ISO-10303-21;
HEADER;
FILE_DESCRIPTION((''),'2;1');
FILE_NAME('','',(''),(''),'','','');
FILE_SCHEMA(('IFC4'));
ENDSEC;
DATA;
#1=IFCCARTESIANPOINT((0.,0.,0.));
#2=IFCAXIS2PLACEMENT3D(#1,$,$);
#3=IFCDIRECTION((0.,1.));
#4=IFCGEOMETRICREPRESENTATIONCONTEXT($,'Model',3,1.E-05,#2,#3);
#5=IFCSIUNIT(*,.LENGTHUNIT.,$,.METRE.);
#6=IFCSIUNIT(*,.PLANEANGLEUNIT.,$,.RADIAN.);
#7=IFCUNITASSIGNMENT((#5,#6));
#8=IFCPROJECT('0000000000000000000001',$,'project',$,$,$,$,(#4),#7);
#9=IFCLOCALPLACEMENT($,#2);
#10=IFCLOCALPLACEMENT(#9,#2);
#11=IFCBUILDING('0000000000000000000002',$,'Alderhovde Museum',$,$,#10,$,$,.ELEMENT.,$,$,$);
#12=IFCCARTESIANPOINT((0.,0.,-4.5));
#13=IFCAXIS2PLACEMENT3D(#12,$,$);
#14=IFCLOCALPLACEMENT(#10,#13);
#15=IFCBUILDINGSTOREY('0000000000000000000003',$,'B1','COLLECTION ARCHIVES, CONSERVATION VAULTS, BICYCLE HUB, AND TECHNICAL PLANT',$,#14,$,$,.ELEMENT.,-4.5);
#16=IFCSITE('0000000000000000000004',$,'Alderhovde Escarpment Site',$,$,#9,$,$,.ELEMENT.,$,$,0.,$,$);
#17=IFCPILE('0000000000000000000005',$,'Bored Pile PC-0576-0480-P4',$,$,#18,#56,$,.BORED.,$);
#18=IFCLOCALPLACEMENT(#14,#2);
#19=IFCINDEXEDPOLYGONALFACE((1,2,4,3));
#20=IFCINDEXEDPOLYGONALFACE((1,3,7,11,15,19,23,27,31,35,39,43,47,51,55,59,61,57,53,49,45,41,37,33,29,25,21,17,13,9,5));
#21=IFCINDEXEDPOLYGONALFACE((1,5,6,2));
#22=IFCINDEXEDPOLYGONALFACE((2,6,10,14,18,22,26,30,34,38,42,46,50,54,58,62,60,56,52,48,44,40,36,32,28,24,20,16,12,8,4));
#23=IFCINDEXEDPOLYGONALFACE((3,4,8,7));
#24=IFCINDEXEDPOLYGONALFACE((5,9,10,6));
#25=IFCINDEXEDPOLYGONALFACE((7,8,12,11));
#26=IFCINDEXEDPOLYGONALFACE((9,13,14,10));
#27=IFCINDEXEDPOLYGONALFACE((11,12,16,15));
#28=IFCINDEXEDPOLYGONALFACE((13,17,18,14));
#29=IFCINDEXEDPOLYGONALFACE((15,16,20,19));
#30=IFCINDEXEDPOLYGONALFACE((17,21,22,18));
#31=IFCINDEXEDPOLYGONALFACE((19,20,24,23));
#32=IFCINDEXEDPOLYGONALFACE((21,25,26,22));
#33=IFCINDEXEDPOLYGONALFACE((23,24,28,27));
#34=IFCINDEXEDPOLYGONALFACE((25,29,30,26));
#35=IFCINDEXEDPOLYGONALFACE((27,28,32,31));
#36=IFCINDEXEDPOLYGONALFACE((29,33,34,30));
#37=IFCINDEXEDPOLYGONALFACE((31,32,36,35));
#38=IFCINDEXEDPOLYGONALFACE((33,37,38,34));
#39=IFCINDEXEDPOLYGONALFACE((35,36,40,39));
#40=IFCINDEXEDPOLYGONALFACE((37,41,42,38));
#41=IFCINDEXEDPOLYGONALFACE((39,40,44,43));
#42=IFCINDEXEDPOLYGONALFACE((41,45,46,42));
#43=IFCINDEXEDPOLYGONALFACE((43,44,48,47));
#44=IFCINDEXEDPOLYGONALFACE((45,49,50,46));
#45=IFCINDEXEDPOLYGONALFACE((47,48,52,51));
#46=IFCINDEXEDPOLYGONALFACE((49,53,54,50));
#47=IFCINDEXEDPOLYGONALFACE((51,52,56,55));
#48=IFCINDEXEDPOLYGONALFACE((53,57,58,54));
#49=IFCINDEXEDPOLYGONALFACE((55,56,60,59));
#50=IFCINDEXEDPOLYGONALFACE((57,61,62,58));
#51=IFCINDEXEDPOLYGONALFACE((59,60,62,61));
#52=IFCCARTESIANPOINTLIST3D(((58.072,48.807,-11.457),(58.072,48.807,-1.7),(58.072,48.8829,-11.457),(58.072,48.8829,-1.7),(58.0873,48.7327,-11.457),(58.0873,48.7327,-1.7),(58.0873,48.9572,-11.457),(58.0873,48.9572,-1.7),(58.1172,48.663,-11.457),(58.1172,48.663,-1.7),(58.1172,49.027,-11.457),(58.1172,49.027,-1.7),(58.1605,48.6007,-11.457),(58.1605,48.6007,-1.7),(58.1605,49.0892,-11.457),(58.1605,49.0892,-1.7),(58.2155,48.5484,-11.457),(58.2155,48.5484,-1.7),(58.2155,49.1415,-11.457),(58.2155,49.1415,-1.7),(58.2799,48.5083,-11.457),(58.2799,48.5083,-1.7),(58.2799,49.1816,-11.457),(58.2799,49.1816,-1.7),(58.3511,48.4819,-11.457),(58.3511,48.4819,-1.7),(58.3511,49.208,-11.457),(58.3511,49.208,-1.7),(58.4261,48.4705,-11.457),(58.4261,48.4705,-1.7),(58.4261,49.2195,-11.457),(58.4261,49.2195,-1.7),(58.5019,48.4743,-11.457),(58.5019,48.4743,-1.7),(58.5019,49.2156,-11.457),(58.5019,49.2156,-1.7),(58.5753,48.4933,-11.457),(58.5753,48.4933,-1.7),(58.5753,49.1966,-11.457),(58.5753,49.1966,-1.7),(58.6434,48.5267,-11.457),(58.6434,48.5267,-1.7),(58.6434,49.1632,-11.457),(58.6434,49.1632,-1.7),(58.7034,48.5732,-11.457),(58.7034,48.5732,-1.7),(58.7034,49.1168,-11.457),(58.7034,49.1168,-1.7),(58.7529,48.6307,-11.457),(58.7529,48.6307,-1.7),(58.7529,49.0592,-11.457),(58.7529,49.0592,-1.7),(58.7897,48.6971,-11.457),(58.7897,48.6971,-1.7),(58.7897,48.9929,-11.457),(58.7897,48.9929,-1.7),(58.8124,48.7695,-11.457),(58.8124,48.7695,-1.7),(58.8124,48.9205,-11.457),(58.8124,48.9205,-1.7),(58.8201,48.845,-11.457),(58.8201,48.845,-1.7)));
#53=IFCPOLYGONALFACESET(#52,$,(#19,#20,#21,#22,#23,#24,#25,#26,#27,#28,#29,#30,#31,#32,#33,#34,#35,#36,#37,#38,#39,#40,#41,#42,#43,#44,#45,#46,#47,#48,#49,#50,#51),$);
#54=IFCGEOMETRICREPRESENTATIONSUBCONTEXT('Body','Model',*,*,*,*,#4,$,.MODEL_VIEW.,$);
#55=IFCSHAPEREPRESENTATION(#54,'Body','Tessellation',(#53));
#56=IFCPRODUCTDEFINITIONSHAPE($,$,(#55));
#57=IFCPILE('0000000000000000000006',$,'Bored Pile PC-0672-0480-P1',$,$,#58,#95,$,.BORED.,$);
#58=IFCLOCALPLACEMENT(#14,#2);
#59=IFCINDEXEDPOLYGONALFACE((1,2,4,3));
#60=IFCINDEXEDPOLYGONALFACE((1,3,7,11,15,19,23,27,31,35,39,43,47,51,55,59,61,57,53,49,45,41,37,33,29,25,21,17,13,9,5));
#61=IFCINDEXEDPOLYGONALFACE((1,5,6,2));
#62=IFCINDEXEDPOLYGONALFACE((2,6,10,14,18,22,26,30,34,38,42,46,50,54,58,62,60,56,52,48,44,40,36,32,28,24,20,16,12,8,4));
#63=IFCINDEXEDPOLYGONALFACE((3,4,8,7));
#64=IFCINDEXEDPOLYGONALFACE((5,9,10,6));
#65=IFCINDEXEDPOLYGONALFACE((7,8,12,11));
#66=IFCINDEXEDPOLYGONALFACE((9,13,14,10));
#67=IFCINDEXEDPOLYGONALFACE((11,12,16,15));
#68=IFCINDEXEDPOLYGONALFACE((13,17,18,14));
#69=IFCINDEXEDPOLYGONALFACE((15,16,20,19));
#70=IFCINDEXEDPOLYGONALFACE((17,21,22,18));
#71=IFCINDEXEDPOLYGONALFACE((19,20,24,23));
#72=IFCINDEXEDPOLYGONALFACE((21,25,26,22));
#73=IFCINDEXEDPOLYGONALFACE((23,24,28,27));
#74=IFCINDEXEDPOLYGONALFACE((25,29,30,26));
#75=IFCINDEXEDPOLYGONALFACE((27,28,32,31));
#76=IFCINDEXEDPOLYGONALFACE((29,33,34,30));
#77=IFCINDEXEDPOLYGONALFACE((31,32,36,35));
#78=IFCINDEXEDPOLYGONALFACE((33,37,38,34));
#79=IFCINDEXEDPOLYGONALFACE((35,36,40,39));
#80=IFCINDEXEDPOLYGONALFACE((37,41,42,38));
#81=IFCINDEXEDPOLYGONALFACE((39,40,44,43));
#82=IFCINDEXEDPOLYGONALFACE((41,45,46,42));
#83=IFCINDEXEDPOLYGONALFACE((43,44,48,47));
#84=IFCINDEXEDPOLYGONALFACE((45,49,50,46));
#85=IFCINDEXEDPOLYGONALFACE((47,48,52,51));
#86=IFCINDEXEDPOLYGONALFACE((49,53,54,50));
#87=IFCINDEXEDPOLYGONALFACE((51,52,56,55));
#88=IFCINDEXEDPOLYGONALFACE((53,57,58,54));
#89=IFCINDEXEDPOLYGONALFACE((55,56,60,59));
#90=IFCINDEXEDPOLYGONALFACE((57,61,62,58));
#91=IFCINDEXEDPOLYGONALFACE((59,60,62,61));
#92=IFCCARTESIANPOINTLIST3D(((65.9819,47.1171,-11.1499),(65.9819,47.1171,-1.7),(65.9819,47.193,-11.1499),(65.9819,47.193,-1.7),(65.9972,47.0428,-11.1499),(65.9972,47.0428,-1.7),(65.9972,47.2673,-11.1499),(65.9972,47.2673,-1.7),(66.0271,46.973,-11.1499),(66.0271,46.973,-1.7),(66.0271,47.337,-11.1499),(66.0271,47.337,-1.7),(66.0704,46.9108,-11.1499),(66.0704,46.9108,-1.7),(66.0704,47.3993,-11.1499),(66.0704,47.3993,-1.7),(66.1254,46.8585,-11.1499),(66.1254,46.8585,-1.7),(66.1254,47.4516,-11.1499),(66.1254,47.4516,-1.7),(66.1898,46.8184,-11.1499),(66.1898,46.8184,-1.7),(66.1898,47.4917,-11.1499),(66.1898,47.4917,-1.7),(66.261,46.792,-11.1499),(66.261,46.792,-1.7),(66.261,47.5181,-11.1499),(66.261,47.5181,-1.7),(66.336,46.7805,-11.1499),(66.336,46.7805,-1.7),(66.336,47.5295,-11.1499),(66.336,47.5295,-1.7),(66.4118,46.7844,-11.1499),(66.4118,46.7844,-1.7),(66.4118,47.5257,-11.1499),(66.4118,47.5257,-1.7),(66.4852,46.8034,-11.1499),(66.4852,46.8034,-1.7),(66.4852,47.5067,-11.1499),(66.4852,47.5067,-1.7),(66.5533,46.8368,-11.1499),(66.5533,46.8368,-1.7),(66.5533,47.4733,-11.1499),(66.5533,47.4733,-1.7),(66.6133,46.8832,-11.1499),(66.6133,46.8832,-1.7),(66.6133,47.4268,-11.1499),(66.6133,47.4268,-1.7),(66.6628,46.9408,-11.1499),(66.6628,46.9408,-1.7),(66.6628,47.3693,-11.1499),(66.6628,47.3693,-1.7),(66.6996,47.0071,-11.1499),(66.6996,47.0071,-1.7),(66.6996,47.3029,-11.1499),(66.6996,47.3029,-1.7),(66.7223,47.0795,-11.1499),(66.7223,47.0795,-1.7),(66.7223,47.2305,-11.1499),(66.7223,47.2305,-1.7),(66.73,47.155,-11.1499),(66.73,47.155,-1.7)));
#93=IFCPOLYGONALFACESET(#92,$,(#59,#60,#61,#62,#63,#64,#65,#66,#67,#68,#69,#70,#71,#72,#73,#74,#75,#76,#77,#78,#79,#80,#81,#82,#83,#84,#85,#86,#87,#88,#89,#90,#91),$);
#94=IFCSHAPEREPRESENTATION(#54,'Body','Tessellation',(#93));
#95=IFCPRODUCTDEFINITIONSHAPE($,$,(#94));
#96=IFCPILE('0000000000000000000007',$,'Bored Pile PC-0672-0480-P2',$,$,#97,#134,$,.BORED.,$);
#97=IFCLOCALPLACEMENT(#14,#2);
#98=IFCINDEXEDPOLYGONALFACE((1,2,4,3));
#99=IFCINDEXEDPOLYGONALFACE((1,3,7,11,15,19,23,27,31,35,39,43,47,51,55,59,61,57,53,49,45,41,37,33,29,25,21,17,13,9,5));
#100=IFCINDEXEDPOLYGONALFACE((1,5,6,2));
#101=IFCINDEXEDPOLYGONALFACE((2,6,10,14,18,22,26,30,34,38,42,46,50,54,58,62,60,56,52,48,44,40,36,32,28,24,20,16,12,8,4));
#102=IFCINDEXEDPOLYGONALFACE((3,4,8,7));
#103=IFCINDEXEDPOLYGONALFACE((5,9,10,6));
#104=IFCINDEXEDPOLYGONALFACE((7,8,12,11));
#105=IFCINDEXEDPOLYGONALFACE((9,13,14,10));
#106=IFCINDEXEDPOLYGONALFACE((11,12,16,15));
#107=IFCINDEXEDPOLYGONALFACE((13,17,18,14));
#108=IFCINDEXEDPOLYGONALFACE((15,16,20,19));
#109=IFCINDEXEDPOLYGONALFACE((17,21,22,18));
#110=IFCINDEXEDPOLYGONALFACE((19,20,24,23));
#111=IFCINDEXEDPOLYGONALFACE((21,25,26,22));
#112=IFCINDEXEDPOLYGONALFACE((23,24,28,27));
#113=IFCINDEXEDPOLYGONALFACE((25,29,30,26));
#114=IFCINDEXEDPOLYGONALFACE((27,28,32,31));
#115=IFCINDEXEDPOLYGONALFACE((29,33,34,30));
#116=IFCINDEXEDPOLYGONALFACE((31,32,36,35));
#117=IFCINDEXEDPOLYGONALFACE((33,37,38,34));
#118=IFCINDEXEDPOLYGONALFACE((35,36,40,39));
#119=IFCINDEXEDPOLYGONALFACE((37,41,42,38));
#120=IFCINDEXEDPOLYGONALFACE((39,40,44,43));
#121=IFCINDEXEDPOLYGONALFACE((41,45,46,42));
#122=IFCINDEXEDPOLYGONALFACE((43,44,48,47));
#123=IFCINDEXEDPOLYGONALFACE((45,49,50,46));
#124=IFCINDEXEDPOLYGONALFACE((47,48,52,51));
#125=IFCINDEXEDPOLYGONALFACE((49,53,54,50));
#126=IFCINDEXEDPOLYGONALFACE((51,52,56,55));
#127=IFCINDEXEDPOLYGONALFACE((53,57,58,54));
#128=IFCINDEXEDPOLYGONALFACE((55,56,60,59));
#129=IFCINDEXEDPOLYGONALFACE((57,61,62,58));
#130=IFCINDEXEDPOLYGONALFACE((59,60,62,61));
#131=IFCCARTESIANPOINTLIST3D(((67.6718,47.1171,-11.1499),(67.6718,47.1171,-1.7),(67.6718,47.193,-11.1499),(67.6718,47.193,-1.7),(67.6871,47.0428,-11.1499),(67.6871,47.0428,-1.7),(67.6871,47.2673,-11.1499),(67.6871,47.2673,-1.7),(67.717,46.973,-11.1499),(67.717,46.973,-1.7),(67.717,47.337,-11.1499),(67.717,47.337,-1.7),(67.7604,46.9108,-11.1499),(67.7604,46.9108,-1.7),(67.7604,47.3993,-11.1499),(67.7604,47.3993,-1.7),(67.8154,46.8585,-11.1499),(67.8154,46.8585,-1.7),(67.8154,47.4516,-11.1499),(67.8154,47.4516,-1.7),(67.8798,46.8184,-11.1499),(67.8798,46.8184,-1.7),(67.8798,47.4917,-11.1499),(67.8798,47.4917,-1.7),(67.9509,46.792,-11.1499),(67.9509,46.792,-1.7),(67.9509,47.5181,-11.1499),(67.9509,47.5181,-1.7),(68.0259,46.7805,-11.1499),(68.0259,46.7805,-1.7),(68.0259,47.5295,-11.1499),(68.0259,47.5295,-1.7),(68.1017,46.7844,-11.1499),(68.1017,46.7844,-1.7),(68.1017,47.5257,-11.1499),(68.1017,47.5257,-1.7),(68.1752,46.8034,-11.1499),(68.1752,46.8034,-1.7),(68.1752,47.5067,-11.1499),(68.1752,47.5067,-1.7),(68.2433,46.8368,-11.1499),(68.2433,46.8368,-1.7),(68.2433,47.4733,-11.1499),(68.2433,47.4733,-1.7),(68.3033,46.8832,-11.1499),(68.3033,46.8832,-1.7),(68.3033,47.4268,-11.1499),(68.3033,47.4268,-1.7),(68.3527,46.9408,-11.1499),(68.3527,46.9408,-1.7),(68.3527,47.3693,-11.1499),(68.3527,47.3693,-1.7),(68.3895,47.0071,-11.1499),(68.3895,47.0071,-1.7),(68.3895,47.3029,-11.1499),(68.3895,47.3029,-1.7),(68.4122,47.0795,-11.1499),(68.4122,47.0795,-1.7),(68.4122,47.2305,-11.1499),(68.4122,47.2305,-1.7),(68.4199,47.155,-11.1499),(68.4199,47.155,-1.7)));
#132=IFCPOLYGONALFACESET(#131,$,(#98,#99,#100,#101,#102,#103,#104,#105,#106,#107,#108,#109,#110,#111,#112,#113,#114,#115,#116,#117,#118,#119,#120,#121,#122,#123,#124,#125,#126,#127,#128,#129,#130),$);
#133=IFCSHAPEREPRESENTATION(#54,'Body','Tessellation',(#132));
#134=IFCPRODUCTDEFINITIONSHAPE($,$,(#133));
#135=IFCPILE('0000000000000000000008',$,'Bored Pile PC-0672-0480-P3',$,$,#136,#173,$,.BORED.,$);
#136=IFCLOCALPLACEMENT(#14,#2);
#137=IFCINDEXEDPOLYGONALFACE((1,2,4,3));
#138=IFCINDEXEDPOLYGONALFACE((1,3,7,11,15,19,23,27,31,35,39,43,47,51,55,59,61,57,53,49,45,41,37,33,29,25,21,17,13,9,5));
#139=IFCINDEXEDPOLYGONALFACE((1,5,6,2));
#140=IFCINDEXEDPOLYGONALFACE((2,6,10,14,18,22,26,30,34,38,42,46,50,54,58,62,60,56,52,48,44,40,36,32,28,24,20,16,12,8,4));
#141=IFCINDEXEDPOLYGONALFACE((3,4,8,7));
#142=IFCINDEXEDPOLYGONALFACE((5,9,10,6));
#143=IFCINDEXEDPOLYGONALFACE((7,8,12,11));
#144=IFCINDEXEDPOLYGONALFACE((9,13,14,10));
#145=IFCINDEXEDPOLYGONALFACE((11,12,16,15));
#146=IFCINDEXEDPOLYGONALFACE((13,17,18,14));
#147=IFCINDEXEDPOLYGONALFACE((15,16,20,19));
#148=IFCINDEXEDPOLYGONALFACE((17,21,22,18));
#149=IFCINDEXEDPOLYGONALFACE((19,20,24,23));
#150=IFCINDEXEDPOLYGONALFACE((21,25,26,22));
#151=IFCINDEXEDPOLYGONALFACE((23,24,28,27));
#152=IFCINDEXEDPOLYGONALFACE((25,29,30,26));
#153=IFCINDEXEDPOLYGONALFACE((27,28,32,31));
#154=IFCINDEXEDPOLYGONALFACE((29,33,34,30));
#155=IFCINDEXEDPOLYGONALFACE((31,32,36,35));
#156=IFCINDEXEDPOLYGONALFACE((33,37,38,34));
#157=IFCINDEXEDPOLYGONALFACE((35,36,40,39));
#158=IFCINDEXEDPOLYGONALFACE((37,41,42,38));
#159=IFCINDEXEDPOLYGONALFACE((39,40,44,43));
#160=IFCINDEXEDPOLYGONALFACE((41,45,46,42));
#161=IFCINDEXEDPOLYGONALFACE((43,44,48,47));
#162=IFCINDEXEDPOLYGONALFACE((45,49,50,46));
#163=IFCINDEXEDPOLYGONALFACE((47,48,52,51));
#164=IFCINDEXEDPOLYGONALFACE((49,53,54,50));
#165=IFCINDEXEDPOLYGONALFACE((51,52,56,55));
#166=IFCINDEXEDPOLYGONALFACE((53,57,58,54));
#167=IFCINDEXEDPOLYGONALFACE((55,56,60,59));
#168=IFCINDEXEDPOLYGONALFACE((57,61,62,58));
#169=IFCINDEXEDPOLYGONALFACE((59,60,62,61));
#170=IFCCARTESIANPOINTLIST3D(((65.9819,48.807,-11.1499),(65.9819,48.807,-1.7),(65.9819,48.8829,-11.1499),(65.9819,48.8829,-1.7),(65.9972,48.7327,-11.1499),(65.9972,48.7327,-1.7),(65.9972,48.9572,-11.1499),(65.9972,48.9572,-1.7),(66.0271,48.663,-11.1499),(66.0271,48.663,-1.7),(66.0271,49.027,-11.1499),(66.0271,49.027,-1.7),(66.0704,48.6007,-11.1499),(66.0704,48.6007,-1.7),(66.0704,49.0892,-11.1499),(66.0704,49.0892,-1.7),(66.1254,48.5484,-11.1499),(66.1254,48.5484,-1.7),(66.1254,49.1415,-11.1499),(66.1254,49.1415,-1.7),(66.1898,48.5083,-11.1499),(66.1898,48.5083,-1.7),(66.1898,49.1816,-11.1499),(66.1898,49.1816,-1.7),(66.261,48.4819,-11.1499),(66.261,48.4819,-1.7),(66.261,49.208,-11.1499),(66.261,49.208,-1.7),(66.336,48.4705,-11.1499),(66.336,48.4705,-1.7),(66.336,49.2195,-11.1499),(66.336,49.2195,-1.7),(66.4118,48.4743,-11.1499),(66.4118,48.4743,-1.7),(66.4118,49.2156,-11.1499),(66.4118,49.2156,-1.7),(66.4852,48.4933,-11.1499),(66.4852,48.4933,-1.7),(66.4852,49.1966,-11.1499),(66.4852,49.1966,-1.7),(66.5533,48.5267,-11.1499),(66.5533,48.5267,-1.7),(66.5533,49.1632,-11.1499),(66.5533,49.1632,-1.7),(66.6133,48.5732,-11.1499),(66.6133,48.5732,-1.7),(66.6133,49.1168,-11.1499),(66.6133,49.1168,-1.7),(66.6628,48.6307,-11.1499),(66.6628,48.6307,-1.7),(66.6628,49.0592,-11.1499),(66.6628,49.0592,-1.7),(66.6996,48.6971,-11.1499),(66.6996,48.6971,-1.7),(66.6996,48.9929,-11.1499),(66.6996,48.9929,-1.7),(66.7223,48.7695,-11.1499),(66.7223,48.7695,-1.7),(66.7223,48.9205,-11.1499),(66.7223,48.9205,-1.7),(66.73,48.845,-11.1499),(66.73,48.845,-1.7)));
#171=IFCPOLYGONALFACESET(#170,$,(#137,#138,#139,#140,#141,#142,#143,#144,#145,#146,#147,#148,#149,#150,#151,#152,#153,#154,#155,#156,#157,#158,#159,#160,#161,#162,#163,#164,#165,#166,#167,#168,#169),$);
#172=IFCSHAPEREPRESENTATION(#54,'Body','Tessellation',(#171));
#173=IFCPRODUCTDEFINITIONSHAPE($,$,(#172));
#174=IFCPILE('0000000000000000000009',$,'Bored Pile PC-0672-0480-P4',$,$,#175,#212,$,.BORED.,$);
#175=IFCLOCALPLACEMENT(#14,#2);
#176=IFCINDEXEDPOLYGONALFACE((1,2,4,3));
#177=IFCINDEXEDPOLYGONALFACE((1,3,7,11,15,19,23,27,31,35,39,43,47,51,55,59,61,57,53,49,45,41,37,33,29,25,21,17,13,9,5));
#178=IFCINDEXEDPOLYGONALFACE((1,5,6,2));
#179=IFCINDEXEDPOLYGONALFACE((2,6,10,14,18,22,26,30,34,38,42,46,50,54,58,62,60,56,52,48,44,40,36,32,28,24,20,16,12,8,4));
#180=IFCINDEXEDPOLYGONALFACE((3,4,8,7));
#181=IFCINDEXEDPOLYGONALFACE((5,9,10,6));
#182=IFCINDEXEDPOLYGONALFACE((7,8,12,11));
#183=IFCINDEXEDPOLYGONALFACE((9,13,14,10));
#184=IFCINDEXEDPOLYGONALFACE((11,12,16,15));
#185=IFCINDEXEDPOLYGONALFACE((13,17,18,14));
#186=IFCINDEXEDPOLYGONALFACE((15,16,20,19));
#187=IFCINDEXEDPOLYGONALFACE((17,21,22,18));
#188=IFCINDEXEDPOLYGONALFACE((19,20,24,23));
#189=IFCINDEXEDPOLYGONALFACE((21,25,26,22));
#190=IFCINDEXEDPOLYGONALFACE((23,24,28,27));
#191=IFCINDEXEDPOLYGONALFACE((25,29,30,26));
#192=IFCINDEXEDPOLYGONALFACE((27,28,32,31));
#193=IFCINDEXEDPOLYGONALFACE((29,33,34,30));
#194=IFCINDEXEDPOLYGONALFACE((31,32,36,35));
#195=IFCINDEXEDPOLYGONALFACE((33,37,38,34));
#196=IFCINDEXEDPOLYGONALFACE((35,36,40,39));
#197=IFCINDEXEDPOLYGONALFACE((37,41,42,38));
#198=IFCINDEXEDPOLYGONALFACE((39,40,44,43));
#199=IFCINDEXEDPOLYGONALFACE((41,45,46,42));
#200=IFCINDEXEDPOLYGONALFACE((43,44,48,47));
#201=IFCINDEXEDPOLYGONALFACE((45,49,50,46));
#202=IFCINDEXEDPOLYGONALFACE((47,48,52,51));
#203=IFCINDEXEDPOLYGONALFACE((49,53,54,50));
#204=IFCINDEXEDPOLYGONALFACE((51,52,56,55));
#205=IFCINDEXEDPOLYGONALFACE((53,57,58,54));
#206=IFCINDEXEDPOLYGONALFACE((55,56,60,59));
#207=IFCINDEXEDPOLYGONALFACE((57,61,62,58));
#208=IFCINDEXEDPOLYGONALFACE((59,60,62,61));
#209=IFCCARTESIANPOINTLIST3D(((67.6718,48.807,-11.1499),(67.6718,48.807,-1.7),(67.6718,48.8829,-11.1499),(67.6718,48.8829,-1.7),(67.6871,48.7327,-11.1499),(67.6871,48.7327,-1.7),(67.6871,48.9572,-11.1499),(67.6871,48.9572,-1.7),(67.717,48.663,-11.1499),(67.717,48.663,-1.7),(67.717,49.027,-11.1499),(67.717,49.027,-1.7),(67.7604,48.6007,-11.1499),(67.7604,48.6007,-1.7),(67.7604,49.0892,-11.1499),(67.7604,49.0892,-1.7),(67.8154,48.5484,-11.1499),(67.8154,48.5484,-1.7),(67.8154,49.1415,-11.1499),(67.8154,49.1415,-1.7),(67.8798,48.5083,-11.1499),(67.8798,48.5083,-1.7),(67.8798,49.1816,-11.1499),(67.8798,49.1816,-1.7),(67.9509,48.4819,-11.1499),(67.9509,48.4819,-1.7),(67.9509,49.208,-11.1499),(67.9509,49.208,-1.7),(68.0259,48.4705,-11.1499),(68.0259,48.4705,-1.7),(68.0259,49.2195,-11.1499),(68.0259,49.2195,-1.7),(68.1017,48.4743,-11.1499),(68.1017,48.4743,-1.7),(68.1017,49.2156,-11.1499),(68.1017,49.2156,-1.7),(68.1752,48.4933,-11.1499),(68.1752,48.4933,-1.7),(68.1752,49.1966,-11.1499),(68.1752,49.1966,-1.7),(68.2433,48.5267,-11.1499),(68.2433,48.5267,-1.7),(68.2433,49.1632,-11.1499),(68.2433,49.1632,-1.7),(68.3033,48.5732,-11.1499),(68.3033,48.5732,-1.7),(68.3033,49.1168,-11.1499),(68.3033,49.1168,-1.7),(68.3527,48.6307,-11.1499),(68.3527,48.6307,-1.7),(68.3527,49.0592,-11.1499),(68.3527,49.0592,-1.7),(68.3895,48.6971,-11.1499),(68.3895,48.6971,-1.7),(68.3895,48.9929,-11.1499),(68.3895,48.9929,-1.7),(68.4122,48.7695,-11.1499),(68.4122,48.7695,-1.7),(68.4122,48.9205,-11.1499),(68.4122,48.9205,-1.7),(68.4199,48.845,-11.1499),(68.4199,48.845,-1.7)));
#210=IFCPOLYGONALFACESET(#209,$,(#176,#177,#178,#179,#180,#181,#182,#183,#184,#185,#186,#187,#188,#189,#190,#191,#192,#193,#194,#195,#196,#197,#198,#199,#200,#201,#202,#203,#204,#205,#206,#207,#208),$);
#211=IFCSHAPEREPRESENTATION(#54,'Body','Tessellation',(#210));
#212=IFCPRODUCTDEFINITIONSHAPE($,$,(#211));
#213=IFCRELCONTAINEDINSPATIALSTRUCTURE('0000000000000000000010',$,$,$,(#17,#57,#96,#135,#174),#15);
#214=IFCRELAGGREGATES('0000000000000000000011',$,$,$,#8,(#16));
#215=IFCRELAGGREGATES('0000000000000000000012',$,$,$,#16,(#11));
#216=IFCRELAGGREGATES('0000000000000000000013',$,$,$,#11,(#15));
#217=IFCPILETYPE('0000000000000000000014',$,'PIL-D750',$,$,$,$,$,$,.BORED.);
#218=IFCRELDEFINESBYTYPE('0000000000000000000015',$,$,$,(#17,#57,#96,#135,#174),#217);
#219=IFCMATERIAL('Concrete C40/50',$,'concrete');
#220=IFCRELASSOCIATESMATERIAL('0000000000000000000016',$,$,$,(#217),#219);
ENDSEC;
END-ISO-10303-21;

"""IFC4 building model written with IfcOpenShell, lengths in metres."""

from ifc_helpers import new_model, si_unit, direction, frame, origin, origin_2d, place, context, subcontext, project, spatial, circle, extrude, material, material_profile, profile_set, type_object, element, save


model = new_model("IFC4")

# Units and contexts
model_context = context("Model", 3, precision=1e-05, world=origin(), true_north=direction((0.0, 1.0)))
body_context = subcontext(model_context, "Body", "Model", "MODEL_VIEW")
ifc_project = project(units=[si_unit("LENGTHUNIT", "METRE"), si_unit("PLANEANGLEUNIT", "RADIAN")], contexts=[model_context])

# Site, building, storey
site_placement = place(None, origin())
site = spatial("IfcSite", under=ifc_project, at=site_placement, Name="Alderhovde Escarpment Site", CompositionType="ELEMENT", RefElevation=0.0)
building_placement = place(site_placement, origin())
building = spatial("IfcBuilding", under=site, at=building_placement, Name="Alderhovde Museum", CompositionType="ELEMENT")
storey_placement = place(building_placement, frame((0.0, 0.0, -4.5)))
storey = spatial("IfcBuildingStorey", under=building, at=storey_placement, Name="B1", Description="COLLECTION ARCHIVES, CONSERVATION VAULTS, BICYCLE HUB, AND TECHNICAL PLANT", CompositionType="ELEMENT", Elevation=-4.5)

# Piles
ifc_material_1 = material(Name="Concrete C40/50", Category="concrete")
ifc_material_profile_1 = material_profile(ifc_material_1, circle(Radius=0.375, at=origin_2d()), Name="PILE-D750")
ifc_profile_set_1 = profile_set([ifc_material_profile_1], Name="Concrete C40/50")
pile_type_1 = type_object("IfcPileType", Name="PIL-D750", PredefinedType="BORED", material=ifc_profile_set_1)
for number, where, z_axis, x_axis, name in (
    (1, (58.4451, 48.845, -1.7), (0.0, 0.0, -1.0), (1.0, 0.0, 0.0), "Bored Pile PC-0576-0480-P4"),
):
    element("IfcPile", number, at=place(storey_placement, frame(where, z_axis=z_axis, x_axis=x_axis)), inside=storey, type_object=pile_type_1, Name=name, PredefinedType="BORED", context=body_context, shape_type="SweptSolid", body=[
        extrude(circle(Radius=0.375, at=origin_2d()), origin(), (0.0, 0.0, 1.0), 9.7571),
    ])
for number, where, z_axis, x_axis, name in (
    (2, (66.355, 47.155, -1.7), (0.0, 0.0, -1.0), (1.0, 0.0, 0.0), "Bored Pile PC-0672-0480-P1"),
    (3, (68.0449, 47.155, -1.7), (0.0, 0.0, -1.0), (1.0, 0.0, 0.0), "Bored Pile PC-0672-0480-P2"),
    (4, (66.355, 48.845, -1.7), (0.0, 0.0, -1.0), (1.0, 0.0, 0.0), "Bored Pile PC-0672-0480-P3"),
    (5, (68.0449, 48.845, -1.7), (0.0, 0.0, -1.0), (1.0, 0.0, 0.0), "Bored Pile PC-0672-0480-P4"),
):
    element("IfcPile", number, at=place(storey_placement, frame(where, z_axis=z_axis, x_axis=x_axis)), inside=storey, type_object=pile_type_1, Name=name, PredefinedType="BORED", context=body_context, shape_type="SweptSolid", body=[
        extrude(circle(Radius=0.375, at=origin_2d()), origin(), (0.0, 0.0, 1.0), 9.45),
    ])

save(model, "model.ifc")
